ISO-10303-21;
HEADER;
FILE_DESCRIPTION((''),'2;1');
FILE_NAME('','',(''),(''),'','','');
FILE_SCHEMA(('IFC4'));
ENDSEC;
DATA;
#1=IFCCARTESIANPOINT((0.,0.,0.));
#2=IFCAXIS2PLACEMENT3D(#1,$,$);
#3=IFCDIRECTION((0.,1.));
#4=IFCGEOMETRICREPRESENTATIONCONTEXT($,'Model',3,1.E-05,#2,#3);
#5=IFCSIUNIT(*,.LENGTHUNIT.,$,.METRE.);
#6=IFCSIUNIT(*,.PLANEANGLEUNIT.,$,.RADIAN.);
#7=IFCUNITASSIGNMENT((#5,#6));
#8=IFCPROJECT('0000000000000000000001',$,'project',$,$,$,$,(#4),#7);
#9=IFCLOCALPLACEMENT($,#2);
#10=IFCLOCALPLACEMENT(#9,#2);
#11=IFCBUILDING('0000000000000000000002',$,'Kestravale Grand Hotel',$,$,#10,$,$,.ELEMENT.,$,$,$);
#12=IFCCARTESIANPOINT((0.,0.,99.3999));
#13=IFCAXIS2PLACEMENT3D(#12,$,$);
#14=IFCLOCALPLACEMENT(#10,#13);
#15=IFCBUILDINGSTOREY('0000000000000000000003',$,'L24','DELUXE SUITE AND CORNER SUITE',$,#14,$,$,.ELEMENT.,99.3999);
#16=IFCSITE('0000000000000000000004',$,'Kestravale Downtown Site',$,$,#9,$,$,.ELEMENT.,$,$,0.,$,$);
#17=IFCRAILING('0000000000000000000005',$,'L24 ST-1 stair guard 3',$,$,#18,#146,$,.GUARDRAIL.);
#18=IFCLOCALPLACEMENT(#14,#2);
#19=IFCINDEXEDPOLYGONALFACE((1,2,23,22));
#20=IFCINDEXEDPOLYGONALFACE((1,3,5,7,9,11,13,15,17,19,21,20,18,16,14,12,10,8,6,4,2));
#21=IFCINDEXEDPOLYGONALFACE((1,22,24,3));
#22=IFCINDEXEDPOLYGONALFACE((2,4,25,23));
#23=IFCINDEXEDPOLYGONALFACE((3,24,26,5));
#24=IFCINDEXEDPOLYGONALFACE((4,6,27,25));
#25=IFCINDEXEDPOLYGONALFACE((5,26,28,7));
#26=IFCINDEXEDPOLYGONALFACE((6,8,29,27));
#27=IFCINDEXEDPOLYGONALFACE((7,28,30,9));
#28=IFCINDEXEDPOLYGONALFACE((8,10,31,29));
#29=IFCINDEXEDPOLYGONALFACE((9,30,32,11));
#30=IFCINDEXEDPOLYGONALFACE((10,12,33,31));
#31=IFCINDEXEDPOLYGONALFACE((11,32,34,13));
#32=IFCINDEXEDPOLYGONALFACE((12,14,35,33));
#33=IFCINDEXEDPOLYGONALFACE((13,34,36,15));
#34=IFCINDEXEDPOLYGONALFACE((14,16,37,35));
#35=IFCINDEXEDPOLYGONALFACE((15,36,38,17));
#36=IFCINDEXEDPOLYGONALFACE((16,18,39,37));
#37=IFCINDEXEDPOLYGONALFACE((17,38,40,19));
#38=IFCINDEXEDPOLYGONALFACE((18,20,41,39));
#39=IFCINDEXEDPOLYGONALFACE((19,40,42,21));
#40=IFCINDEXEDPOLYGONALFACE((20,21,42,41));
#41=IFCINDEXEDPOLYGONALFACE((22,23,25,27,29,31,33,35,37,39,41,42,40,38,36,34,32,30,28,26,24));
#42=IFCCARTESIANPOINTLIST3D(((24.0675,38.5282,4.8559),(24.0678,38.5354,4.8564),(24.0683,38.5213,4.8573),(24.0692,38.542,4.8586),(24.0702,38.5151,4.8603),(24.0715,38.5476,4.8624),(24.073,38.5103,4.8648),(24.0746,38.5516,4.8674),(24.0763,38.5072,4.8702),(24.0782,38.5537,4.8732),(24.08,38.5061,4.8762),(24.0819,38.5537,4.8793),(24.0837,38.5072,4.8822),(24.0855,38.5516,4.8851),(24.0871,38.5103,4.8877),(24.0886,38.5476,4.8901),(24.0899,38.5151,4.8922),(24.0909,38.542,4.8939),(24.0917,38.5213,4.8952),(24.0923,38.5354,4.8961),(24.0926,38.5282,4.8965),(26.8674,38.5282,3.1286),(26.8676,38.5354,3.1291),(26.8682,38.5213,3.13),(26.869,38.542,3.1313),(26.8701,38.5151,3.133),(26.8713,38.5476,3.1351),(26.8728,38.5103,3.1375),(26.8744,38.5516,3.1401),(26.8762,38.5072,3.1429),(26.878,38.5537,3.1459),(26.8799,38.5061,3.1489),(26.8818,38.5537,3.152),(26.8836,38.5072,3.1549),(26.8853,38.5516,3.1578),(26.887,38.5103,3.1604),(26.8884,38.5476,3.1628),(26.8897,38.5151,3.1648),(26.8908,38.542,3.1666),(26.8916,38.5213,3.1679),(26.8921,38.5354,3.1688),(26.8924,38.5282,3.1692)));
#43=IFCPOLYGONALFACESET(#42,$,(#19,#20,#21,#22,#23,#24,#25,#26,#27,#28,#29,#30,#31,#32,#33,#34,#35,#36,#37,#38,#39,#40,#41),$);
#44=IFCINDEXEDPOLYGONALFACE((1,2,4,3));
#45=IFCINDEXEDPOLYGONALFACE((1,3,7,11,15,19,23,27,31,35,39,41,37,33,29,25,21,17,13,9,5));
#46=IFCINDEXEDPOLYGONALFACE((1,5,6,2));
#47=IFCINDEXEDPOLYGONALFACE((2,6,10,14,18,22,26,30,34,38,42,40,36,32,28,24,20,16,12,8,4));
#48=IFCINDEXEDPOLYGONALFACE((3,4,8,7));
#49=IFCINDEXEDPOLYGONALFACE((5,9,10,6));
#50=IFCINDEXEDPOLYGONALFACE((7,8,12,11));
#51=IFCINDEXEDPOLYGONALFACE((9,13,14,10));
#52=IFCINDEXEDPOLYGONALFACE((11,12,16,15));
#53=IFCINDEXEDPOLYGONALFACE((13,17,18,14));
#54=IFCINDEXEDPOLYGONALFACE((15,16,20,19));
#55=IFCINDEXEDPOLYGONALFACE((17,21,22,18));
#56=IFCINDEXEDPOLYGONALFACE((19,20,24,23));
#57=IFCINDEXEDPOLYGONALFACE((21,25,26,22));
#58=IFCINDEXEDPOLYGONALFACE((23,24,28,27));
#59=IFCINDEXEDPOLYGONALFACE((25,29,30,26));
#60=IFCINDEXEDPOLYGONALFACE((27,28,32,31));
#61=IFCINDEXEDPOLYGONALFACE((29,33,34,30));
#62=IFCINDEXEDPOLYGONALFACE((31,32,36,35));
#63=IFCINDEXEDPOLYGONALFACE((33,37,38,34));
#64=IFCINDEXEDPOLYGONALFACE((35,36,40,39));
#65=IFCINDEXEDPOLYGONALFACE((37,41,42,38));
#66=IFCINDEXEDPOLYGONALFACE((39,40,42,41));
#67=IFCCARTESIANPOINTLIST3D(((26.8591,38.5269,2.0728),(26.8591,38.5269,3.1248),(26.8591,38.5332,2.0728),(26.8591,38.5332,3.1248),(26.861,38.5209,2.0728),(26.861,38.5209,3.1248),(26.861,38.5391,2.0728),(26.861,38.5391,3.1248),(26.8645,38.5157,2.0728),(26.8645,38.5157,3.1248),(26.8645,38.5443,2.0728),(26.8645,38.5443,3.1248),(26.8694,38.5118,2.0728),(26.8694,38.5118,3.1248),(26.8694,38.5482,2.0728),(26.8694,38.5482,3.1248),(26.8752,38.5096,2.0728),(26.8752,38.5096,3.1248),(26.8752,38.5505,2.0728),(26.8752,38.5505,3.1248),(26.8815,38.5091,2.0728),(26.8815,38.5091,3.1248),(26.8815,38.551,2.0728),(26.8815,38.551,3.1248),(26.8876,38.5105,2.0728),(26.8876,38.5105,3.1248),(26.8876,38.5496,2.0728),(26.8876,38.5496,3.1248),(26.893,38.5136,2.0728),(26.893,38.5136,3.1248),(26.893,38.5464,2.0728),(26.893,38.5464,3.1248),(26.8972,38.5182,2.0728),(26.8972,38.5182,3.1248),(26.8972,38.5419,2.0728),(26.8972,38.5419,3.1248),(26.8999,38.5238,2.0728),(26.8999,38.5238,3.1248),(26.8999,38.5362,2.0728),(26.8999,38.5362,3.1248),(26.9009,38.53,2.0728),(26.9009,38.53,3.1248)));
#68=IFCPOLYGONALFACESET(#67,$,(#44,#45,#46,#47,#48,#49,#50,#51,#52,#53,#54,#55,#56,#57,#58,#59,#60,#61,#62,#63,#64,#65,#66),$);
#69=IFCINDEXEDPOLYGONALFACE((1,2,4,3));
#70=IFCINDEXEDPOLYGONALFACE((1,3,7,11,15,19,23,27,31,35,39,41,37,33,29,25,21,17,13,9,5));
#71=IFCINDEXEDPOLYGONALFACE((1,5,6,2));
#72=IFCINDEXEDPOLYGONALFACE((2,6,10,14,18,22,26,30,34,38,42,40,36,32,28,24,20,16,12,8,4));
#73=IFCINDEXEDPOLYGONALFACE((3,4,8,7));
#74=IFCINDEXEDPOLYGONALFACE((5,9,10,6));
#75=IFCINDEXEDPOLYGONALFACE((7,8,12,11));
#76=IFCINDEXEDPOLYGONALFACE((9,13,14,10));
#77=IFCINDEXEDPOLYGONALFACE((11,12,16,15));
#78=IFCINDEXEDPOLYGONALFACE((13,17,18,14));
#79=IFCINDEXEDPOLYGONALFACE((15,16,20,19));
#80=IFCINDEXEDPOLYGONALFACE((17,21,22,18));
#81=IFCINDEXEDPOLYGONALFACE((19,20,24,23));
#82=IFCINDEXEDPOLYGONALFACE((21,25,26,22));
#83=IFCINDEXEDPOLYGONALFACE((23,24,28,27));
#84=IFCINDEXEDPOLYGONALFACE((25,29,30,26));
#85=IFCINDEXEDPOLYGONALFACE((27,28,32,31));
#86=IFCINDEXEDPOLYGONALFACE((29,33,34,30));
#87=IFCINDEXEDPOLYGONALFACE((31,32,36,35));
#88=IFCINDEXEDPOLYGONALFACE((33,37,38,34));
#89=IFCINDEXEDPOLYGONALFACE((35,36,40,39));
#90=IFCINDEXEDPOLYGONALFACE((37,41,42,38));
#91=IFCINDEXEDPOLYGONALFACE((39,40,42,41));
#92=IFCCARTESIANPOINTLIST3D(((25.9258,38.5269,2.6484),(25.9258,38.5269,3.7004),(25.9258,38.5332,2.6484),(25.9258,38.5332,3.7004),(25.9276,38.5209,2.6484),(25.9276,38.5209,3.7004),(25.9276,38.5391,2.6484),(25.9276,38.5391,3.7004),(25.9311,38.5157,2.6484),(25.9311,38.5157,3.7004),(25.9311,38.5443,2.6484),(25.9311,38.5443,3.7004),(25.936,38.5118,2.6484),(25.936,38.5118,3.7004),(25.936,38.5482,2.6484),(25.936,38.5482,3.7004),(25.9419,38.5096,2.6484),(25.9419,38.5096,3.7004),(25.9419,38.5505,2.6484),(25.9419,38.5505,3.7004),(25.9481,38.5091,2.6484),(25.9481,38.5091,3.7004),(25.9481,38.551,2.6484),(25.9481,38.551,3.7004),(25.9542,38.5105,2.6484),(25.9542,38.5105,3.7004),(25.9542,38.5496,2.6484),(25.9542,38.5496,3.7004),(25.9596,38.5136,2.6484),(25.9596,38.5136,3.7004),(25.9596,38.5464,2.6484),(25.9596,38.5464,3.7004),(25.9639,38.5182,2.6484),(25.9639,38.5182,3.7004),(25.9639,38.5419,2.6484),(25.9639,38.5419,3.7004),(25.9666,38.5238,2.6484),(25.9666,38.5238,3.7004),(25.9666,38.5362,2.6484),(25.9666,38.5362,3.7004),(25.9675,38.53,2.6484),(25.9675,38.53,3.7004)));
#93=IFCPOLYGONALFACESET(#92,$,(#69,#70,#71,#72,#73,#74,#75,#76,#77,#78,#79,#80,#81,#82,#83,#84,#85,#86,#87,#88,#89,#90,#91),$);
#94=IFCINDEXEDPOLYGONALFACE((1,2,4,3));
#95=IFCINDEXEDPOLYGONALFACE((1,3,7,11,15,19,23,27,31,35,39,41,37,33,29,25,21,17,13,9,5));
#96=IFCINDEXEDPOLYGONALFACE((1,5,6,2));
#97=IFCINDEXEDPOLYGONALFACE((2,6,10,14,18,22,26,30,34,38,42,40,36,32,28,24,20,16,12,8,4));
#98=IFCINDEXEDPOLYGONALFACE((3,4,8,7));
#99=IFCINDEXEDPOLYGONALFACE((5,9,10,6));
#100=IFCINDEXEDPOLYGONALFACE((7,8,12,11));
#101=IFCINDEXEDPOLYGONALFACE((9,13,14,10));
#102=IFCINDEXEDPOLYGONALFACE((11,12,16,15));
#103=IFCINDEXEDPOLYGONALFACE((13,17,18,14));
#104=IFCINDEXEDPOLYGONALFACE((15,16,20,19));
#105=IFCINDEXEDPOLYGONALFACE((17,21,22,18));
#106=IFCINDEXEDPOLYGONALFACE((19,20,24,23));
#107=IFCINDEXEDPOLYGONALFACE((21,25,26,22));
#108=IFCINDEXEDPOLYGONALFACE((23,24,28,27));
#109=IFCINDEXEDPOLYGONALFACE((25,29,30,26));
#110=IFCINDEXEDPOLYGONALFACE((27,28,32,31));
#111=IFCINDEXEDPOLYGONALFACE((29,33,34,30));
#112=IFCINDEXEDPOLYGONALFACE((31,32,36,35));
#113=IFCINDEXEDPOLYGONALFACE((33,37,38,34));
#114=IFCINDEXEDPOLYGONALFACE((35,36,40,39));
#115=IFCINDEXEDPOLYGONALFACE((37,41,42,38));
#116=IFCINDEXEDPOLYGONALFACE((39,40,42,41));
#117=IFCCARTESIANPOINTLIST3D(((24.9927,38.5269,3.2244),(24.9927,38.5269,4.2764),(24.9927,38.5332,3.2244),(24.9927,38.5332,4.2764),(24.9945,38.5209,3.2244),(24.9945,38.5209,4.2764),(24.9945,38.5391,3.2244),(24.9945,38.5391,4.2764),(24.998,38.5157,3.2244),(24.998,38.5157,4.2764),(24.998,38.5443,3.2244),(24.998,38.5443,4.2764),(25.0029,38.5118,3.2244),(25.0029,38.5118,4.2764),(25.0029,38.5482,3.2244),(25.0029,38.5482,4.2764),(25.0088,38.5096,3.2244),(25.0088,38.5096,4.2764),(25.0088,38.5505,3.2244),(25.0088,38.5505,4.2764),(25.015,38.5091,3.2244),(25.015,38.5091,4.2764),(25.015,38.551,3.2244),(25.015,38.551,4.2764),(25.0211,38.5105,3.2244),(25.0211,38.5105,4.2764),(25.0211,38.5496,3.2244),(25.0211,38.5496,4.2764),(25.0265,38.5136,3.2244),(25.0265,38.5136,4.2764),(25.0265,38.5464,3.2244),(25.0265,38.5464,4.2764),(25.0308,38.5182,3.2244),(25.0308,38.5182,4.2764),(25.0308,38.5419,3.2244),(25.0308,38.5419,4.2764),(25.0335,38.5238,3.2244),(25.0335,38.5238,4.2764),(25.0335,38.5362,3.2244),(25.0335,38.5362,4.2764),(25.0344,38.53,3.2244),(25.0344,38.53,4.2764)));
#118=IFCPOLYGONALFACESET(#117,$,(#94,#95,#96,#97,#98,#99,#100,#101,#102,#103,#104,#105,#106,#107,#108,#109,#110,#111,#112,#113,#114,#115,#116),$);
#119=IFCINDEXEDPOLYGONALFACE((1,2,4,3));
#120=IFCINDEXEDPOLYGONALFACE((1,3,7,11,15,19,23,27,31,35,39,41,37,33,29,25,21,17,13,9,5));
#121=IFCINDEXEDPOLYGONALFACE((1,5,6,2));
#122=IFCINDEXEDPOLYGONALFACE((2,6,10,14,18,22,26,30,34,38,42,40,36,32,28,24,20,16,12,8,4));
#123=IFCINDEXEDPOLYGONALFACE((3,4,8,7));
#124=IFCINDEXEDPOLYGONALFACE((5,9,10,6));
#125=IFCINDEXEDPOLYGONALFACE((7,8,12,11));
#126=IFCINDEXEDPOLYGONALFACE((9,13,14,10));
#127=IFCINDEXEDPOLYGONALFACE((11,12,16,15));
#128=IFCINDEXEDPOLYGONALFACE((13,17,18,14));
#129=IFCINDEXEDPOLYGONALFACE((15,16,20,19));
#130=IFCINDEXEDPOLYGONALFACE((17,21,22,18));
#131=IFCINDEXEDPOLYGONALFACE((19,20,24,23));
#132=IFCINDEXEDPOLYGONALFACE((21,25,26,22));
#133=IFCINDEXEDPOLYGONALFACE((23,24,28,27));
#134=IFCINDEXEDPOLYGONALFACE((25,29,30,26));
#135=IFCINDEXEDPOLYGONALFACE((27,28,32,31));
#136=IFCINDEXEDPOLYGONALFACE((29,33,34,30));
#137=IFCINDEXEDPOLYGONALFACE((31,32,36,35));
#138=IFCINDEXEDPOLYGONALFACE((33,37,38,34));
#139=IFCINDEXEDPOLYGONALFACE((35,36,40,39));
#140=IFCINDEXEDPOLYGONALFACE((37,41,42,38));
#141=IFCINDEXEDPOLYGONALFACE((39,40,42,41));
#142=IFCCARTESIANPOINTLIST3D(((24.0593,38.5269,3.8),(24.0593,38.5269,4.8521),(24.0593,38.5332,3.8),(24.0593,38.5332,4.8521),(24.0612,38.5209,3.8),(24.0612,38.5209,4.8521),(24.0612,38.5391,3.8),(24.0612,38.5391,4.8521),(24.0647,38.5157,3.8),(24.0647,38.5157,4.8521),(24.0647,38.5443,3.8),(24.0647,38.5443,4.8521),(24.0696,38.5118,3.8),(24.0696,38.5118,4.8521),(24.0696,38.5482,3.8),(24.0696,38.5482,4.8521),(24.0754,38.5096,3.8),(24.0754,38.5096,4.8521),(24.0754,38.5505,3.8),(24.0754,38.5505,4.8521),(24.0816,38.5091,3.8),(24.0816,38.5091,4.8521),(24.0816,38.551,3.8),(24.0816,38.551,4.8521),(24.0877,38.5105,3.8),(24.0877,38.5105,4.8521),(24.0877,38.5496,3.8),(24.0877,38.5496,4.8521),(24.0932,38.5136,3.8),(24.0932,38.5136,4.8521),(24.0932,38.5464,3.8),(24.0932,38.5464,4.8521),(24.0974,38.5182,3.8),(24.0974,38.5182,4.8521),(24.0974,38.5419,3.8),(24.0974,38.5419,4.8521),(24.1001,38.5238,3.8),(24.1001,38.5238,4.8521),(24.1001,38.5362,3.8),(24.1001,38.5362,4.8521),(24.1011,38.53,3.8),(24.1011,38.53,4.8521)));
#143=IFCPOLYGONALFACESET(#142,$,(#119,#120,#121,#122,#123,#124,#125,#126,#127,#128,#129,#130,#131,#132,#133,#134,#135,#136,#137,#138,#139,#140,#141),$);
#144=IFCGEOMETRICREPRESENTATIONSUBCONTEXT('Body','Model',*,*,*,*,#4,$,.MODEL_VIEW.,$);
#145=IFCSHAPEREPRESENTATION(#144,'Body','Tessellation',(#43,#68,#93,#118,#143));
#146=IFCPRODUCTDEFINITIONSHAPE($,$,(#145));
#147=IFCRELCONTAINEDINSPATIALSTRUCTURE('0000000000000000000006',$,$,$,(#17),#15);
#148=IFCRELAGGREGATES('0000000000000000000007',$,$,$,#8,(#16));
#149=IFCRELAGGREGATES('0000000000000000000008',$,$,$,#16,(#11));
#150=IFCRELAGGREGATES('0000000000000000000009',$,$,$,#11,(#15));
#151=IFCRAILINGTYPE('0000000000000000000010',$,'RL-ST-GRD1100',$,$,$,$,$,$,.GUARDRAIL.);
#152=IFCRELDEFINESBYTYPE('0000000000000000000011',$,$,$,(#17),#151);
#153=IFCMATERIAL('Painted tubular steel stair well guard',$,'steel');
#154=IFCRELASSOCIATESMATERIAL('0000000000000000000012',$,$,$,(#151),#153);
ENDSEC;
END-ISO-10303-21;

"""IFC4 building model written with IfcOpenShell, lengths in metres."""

from ifc_helpers import new_model, si_unit, direction, frame, origin, origin_2d, place, context, subcontext, project, spatial, circle, extrude, material, type_object, element, save


model = new_model("IFC4")

# Units and contexts
model_context = context("Model", 3, precision=1e-05, world=origin(), true_north=direction((0.0, 1.0)))
body_context = subcontext(model_context, "Body", "Model", "MODEL_VIEW")
ifc_project = project(units=[si_unit("LENGTHUNIT", "METRE"), si_unit("PLANEANGLEUNIT", "RADIAN")], contexts=[model_context])

# Site, building, storey
site_placement = place(None, origin())
site = spatial("IfcSite", under=ifc_project, at=site_placement, Name="Kestravale Downtown Site", CompositionType="ELEMENT", RefElevation=0.0)
building_placement = place(site_placement, origin())
building = spatial("IfcBuilding", under=site, at=building_placement, Name="Kestravale Grand Hotel", CompositionType="ELEMENT")
storey_placement = place(building_placement, frame((0.0, 0.0, 99.3999)))
storey = spatial("IfcBuildingStorey", under=building, at=storey_placement, Name="L24", Description="DELUXE SUITE AND CORNER SUITE", CompositionType="ELEMENT", Elevation=99.3999)

# Railing
ifc_material_1 = material(Name="Painted tubular steel stair well guard", Category="steel")
railing_type_1 = type_object("IfcRailingType", Name="RL-ST-GRD1100", PredefinedType="GUARDRAIL", material=ifc_material_1)
railing_1_placement = place(storey_placement, frame((26.8799, 38.53, 2.0728)))
element("IfcRailing", 1, at=railing_1_placement, inside=storey, type_object=railing_type_1, Name="L24 ST-1 stair guard 3", PredefinedType="GUARDRAIL", context=body_context, shape_type="SweptSolid", body=[
    extrude(circle(Radius=0.0239, at=origin_2d()), frame((0.0, 0.0, 1.0762), z_axis=(-0.851069, 0.0, 0.525054), x_axis=(0.0, -1.0, 0.0)), (0.0, 0.0, 1.0), 3.2898),
    extrude(circle(Radius=0.021, at=origin_2d()), origin(), (0.0, 0.0, 1.0), 1.052),
    extrude(circle(Radius=0.021, at=origin_2d()), frame((-0.9333, 0.0, 0.5757)), (0.0, 0.0, 1.0), 1.052),
    extrude(circle(Radius=0.021, at=origin_2d()), frame((-1.8665, 0.0, 1.1516)), (0.0, 0.0, 1.0), 1.052),
    extrude(circle(Radius=0.021, at=origin_2d()), frame((-2.7998, 0.0, 1.7273)), (0.0, 0.0, 1.0), 1.052),
])

save(model, "model.ifc")
